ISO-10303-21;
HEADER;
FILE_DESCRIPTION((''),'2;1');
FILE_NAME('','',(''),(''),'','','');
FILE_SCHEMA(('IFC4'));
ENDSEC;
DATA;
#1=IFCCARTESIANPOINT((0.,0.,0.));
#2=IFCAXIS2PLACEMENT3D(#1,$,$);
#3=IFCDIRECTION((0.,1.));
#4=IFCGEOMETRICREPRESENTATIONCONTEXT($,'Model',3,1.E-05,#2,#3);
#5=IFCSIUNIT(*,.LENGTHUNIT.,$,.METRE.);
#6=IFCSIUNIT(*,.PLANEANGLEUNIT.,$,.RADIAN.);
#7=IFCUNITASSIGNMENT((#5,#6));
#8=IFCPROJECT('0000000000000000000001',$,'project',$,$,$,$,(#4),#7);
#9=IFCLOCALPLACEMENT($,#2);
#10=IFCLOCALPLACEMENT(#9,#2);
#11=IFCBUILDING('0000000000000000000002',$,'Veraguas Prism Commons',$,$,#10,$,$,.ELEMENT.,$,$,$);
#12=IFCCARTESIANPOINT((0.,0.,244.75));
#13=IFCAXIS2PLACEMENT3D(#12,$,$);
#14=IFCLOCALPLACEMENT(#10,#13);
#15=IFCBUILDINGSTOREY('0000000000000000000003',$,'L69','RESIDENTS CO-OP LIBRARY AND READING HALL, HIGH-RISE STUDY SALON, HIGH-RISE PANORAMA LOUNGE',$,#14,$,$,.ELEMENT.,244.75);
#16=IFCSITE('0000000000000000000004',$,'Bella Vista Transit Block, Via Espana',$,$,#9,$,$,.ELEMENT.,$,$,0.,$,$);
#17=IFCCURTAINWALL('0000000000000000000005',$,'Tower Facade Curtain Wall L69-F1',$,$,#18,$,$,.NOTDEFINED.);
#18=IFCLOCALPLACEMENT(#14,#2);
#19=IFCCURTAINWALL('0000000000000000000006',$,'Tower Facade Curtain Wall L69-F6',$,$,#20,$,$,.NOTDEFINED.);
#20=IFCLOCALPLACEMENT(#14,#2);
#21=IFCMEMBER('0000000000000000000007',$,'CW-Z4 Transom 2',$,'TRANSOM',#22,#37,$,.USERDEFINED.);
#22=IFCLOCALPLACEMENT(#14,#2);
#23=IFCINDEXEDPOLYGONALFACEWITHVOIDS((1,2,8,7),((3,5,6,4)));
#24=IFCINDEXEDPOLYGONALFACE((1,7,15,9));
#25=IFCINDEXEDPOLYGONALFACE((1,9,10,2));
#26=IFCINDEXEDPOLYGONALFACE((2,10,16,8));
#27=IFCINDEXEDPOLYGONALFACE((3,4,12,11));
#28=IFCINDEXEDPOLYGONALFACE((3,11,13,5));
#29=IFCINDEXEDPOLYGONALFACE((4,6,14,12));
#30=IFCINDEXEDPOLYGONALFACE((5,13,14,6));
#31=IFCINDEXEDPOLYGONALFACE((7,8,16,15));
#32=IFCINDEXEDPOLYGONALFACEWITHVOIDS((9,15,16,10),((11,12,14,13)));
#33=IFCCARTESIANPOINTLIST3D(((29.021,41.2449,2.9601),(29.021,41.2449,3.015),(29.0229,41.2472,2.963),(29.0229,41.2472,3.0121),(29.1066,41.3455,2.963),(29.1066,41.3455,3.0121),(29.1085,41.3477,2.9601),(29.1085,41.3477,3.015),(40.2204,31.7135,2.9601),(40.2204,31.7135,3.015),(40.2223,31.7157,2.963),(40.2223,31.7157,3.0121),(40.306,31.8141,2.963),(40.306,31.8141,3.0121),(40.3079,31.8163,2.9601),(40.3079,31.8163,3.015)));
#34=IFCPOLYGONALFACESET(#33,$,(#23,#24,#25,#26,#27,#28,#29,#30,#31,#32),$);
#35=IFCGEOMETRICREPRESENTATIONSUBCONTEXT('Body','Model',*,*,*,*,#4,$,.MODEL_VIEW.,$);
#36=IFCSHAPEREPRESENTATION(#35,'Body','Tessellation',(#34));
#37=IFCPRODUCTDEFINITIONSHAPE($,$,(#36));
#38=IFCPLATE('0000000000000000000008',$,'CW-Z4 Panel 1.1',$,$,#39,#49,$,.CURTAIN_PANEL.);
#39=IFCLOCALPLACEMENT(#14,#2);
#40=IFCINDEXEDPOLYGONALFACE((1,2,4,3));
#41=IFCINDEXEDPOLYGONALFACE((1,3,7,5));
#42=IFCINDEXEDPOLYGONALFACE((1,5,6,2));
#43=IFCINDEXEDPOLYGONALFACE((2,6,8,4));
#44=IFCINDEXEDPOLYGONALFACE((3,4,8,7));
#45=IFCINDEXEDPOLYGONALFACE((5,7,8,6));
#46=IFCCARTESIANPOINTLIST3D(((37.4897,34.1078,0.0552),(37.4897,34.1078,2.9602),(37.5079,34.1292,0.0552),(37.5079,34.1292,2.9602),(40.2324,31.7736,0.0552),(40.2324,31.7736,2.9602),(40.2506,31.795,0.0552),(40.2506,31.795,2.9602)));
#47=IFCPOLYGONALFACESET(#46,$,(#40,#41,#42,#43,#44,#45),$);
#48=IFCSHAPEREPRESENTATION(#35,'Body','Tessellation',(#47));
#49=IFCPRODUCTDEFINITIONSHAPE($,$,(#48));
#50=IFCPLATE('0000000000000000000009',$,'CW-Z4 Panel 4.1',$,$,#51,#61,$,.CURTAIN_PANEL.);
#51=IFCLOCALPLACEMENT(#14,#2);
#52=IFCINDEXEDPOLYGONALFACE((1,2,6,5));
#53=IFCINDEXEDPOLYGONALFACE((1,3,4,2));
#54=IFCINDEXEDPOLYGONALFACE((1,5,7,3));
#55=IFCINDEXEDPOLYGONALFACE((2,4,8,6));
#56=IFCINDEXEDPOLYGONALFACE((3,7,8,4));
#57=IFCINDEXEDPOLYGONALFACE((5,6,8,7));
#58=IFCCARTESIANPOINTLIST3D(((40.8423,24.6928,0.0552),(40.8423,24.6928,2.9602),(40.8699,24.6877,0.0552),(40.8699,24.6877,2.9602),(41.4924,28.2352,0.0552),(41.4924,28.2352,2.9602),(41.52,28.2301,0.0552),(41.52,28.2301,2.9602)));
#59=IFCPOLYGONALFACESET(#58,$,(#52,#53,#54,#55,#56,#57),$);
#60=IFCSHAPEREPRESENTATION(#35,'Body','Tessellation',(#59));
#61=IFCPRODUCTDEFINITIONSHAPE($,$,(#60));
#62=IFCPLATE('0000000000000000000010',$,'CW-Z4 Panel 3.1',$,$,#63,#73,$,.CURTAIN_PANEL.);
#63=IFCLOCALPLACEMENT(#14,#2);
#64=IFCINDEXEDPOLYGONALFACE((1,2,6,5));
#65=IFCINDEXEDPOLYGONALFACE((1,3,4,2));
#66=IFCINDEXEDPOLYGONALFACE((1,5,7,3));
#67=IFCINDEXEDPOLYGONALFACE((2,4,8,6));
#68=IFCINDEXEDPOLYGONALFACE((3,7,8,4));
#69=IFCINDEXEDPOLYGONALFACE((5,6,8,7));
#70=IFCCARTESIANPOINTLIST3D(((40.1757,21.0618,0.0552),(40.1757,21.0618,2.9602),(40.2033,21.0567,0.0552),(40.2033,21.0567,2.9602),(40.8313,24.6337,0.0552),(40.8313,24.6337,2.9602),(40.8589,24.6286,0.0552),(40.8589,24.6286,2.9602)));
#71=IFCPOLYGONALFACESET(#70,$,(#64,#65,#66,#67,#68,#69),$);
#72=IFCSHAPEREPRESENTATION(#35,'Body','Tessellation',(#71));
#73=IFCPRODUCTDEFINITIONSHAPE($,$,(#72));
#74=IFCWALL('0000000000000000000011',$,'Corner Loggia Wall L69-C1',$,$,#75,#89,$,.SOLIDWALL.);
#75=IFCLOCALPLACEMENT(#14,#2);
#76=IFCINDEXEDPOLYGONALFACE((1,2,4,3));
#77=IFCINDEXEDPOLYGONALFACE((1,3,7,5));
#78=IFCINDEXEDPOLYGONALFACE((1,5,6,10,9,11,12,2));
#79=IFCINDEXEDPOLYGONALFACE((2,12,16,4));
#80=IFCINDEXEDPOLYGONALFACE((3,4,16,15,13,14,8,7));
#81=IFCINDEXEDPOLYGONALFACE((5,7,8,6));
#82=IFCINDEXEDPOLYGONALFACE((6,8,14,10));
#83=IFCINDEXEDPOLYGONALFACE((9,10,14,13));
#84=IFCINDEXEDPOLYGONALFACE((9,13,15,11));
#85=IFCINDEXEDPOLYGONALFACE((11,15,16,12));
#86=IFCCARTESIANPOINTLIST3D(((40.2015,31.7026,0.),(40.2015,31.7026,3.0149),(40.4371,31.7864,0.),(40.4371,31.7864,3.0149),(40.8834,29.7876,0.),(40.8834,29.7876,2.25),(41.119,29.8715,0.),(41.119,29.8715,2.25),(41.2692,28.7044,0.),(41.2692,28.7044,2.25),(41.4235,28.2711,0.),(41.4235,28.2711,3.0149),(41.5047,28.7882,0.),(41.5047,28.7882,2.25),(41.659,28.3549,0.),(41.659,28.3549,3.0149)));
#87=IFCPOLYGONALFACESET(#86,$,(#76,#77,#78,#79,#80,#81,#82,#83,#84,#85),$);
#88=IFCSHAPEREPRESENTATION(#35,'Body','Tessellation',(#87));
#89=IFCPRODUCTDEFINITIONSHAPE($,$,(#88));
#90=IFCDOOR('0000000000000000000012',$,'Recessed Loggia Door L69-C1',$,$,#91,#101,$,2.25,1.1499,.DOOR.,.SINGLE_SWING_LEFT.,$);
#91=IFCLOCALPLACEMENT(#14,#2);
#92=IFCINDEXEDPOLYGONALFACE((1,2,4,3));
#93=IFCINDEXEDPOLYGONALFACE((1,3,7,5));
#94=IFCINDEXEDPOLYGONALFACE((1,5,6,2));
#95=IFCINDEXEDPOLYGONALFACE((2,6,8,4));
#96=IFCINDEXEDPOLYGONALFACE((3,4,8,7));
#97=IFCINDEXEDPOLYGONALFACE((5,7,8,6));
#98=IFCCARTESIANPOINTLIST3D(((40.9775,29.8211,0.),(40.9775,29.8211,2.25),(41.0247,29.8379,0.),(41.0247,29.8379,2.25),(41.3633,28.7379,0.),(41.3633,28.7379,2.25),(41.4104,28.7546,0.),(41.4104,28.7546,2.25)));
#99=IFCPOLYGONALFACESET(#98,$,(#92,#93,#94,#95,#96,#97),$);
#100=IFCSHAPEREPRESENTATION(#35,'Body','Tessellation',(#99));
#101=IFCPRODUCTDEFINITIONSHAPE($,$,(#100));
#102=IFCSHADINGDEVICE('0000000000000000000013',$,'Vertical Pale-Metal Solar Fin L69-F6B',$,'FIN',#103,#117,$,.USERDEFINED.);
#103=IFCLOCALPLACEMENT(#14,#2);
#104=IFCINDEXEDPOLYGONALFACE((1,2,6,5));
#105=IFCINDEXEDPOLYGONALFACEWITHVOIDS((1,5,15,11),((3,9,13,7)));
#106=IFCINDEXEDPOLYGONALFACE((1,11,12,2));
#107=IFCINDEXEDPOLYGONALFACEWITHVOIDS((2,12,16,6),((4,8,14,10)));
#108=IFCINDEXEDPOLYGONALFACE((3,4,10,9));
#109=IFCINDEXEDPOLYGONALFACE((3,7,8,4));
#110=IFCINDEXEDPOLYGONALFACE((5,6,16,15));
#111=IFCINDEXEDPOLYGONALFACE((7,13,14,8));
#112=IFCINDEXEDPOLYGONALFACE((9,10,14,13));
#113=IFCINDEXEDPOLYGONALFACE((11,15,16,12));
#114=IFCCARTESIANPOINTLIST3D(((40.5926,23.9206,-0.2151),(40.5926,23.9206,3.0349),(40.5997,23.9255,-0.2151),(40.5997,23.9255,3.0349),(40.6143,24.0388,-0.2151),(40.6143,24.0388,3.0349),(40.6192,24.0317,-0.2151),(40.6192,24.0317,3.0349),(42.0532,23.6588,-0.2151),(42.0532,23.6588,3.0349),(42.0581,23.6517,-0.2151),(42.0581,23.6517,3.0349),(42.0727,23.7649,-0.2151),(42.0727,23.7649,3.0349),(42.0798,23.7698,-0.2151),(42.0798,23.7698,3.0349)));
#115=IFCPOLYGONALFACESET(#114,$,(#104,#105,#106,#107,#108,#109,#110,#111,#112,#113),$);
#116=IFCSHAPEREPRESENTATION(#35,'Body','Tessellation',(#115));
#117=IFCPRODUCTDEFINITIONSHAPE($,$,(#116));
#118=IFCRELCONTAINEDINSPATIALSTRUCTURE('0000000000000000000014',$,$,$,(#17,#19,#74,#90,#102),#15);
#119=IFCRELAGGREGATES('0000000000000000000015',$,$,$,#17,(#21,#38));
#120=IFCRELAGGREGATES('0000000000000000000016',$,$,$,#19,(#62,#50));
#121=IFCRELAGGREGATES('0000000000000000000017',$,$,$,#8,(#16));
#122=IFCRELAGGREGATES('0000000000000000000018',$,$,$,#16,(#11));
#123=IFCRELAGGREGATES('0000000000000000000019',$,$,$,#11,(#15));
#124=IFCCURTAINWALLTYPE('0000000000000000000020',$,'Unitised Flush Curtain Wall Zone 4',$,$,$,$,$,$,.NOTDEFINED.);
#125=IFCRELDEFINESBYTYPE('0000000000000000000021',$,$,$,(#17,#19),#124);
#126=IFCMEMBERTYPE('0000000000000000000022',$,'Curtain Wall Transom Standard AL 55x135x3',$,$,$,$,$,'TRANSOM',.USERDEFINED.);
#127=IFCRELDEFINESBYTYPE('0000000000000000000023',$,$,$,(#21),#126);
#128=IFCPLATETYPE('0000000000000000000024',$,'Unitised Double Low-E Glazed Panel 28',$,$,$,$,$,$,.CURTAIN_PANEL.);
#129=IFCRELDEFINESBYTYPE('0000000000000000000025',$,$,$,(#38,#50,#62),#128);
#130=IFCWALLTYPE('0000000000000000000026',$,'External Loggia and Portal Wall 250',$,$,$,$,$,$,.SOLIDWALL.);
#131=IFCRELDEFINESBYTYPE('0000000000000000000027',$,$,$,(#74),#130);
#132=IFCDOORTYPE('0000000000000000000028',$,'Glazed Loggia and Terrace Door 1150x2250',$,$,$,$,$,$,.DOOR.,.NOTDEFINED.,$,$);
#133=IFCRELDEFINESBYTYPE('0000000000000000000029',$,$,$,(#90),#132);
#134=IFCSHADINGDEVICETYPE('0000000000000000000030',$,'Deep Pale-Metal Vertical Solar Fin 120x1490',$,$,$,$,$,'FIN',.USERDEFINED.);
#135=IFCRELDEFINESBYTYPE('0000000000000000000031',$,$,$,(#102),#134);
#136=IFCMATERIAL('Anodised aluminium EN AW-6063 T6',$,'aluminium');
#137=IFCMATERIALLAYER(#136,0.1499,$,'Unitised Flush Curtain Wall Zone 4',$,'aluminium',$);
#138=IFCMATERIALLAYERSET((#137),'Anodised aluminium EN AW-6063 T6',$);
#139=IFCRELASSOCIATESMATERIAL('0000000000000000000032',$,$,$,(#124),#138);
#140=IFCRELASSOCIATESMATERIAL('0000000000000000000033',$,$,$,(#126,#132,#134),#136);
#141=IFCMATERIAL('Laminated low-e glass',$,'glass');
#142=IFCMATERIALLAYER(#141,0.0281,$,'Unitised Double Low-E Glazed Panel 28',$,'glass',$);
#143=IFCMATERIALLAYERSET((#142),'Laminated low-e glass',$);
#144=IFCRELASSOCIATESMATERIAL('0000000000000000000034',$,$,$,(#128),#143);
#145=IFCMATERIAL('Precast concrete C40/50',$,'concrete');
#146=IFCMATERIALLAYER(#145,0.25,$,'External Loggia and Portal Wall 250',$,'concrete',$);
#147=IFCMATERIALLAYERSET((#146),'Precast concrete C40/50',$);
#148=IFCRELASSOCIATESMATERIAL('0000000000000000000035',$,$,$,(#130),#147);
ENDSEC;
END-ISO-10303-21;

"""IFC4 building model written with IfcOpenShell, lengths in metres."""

from ifc_helpers import new_model, si_unit, direction, frame, frame_2d, origin, origin_2d, place, context, subcontext, project, spatial, rectangle, hollow_rectangle, extrude, source, transform, mapped, material, layer, layer_set, material_profile, profile_set, type_object, element, fill, aggregate, save


model = new_model("IFC4")

# Units and contexts
model_context = context("Model", 3, precision=1e-05, world=origin(), true_north=direction((0.0, 1.0)))
body_context = subcontext(model_context, "Body", "Model", "MODEL_VIEW")
ifc_project = project(units=[si_unit("LENGTHUNIT", "METRE"), si_unit("PLANEANGLEUNIT", "RADIAN")], contexts=[model_context])

# Site, building, storey
site_placement = place(None, origin())
site = spatial("IfcSite", under=ifc_project, at=site_placement, Name="Bella Vista Transit Block, Via Espana", CompositionType="ELEMENT", RefElevation=0.0)
building_placement = place(site_placement, origin())
building = spatial("IfcBuilding", under=site, at=building_placement, Name="Veraguas Prism Commons", CompositionType="ELEMENT")
storey_placement = place(building_placement, frame((0.0, 0.0, 244.75)))
storey = spatial("IfcBuildingStorey", under=building, at=storey_placement, Name="L69", Description="RESIDENTS CO-OP LIBRARY AND READING HALL, HIGH-RISE STUDY SALON, HIGH-RISE PANORAMA LOUNGE", CompositionType="ELEMENT", Elevation=244.75)

# Curtain wall
ifc_material_1 = material(Name="Anodised aluminium EN AW-6063 T6", Category="aluminium")
ifc_layer_1 = layer(ifc_material_1, 0.1499, Name="Unitised Flush Curtain Wall Zone 4", Category="aluminium")
ifc_layer_set_1 = layer_set([ifc_layer_1], Name="Anodised aluminium EN AW-6063 T6")
curtain_wall_type = type_object("IfcCurtainWallType", Name="Unitised Flush Curtain Wall Zone 4", PredefinedType="NOTDEFINED", material=ifc_layer_set_1)
curtain_wall_1_placement = place(storey_placement, origin())
curtain_wall_1 = element("IfcCurtainWall", 1, at=curtain_wall_1_placement, inside=storey, type_object=curtain_wall_type, Name="Tower Facade Curtain Wall L69-F1", PredefinedType="NOTDEFINED")

# Curtain wall
curtain_wall_2_placement = place(storey_placement, origin())
curtain_wall_2 = element("IfcCurtainWall", 2, at=curtain_wall_2_placement, inside=storey, type_object=curtain_wall_type, Name="Tower Facade Curtain Wall L69-F6", PredefinedType="NOTDEFINED")

# Member
ifc_material_profile_1 = material_profile(ifc_material_1, hollow_rectangle(XDim=0.0549, YDim=0.135, WallThickness=0.0029, at=origin_2d()), Name="AL55X135X3")
ifc_profile_set_1 = profile_set([ifc_material_profile_1], Name="Anodised aluminium EN AW-6063 T6")
member_type_1 = type_object("IfcMemberType", Name="Curtain Wall Transom Standard AL 55x135x3", ElementType="TRANSOM", PredefinedType="USERDEFINED", material=ifc_profile_set_1)
shared_shape_1 = source(origin(), body_context, "Body", "SweptSolid", [
    extrude(hollow_rectangle(XDim=0.0549, YDim=0.135, WallThickness=0.0029, at=origin_2d()), origin(), (0.0, 0.0, 1.0), 14.7063),
])
member_1_placement = place(storey_placement, frame((40.2642, 31.7649, 2.9875), z_axis=(-0.761538, 0.64812, 0.0), x_axis=(0.0, 0.0, 1.0)))
member_1 = element("IfcMember", 3, at=member_1_placement, type_object=member_type_1, Name="CW-Z4 Transom 2", ObjectType="TRANSOM", PredefinedType="USERDEFINED", context=body_context, shape_type="MappedRepresentation", body=[
    mapped(shared_shape_1, transform((0.0, 0.0, 0.0), scale=1.0)),
])

# Plates
ifc_material_2 = material(Name="Laminated low-e glass", Category="glass")
ifc_layer_2 = layer(ifc_material_2, 0.0281, Name="Unitised Double Low-E Glazed Panel 28", Category="glass")
ifc_layer_set_2 = layer_set([ifc_layer_2], Name="Laminated low-e glass")
plate_type = type_object("IfcPlateType", Name="Unitised Double Low-E Glazed Panel 28", PredefinedType="CURTAIN_PANEL", material=ifc_layer_set_2)
shared_shape_2 = source(origin(), body_context, "Body", "SweptSolid", [
    extrude(rectangle(XDim=3.6016, YDim=0.0281, at=origin_2d()), origin(), (0.0, 0.0, 1.0), 2.905),
])
plate_1_placement = place(storey_placement, frame((38.8701, 32.9514, 0.0552), z_axis=(0.0, 0.0, 1.0), x_axis=(-0.761538, 0.64812, 0.0)))
plate_1 = element("IfcPlate", 4, at=plate_1_placement, type_object=plate_type, Name="CW-Z4 Panel 1.1", PredefinedType="CURTAIN_PANEL", context=body_context, shape_type="MappedRepresentation", body=[
    mapped(shared_shape_2, transform((0.0, 0.0, 0.0), scale=1.0)),
])
aggregate(curtain_wall_1, [member_1, plate_1])
plate_2_placement = place(storey_placement, frame((41.1812, 26.4614, 0.0552), z_axis=(0.0, 0.0, 1.0), x_axis=(0.180524, 0.983571, 0.0)))
plate_2 = element("IfcPlate", 5, at=plate_2_placement, type_object=plate_type, Name="CW-Z4 Panel 4.1", PredefinedType="CURTAIN_PANEL", context=body_context, shape_type="MappedRepresentation", body=[
    mapped(shared_shape_2, transform((0.0, 0.0, 0.0), scale=1.0)),
])
shared_shape_3 = source(origin(), body_context, "Body", "SweptSolid", [
    extrude(rectangle(XDim=3.6316, YDim=0.0281, at=origin_2d()), origin(), (0.0, 0.0, 1.0), 2.905),
])
plate_3_placement = place(storey_placement, frame((40.5173, 22.8452, 0.0552), z_axis=(0.0, 0.0, 1.0), x_axis=(0.180524, 0.983571, 0.0)))
plate_3 = element("IfcPlate", 6, at=plate_3_placement, type_object=plate_type, Name="CW-Z4 Panel 3.1", PredefinedType="CURTAIN_PANEL", context=body_context, shape_type="MappedRepresentation", body=[
    mapped(shared_shape_3, transform((0.0, 0.0, 0.0), scale=1.0)),
])
aggregate(curtain_wall_2, [plate_3, plate_2])

# Wall, opening, door
ifc_material_3 = material(Name="Precast concrete C40/50", Category="concrete")
ifc_layer_3 = layer(ifc_material_3, 0.25, Name="External Loggia and Portal Wall 250", Category="concrete")
ifc_layer_set_3 = layer_set([ifc_layer_3], Name="Precast concrete C40/50")
wall_type = type_object("IfcWallType", Name="External Loggia and Portal Wall 250", PredefinedType="SOLIDWALL", material=ifc_layer_set_3)
wall_placement = place(storey_placement, frame((41.5413, 28.313, 0.0), z_axis=(0.0, 0.0, 1.0), x_axis=(-0.335466, 0.942052, 0.0)))
wall = element("IfcWall", 7, at=wall_placement, inside=storey, type_object=wall_type, Name="Corner Loggia Wall L69-C1", PredefinedType="SOLIDWALL", context=body_context, shape_type="SweptSolid", body=[
    extrude(rectangle(XDim=3.6426, YDim=0.25, at=frame_2d((1.8213, 0.0))), origin(), (0.0, 0.0, 1.0), 3.0149),
])
opening_placement = place(wall_placement, frame((0.46, 0.0, 0.0)))
opening = element("IfcOpeningElement", 8, at=opening_placement, cuts=wall, PredefinedType="OPENING", context=body_context, shape_type="SweptSolid", body=[
    extrude(rectangle(XDim=1.1499, YDim=2.25, at=frame_2d((0.575, 1.125))), frame((0.0, 0.135, 0.0), z_axis=(0.0, -1.0, 0.0), x_axis=(1.0, 0.0, 0.0)), (0.0, 0.0, 1.0), 0.27),
])
door_type = type_object("IfcDoorType", Name="Glazed Loggia and Terrace Door 1150x2250", OperationType="NOTDEFINED", PredefinedType="DOOR", material=ifc_material_1)
shared_shape_4 = source(origin(), body_context, "Body", "SweptSolid", [
    extrude(rectangle(XDim=1.1499, YDim=2.25, at=frame_2d((0.575, 1.125))), frame((0.0, 0.0249, 0.0), z_axis=(0.0, -1.0, 0.0), x_axis=(1.0, 0.0, 0.0)), (0.0, 0.0, 1.0), 0.05),
])
door_placement = place(opening_placement, frame((1.1499, 0.0, 0.0), z_axis=(0.0, 0.0, 1.0), x_axis=(-1.0, 0.0, 0.0)))
door = element("IfcDoor", 9, at=door_placement, inside=storey, type_object=door_type, Name="Recessed Loggia Door L69-C1", OperationType="SINGLE_SWING_LEFT", OverallHeight=2.25, OverallWidth=1.1499, PredefinedType="DOOR", context=body_context, shape_type="MappedRepresentation", body=[
    mapped(shared_shape_4, transform((0.0, 0.0, 0.0), scale=1.0)),
])
fill(opening, door)

# Shading device
ifc_material_profile_2 = material_profile(ifc_material_1, hollow_rectangle(XDim=0.1201, YDim=1.49, WallThickness=0.0061, at=origin_2d()), Name="FIN120X1490X6")
ifc_profile_set_2 = profile_set([ifc_material_profile_2], Name="Anodised aluminium EN AW-6063 T6")
shading_device_type = type_object("IfcShadingDeviceType", Name="Deep Pale-Metal Vertical Solar Fin 120x1490", ElementType="FIN", PredefinedType="USERDEFINED", material=ifc_profile_set_2)
shading_device_placement = place(storey_placement, frame((41.3362, 23.8452, -0.2151), z_axis=(0.0, 0.0, 1.0), x_axis=(0.180519, 0.983571, 0.0)))
element("IfcShadingDevice", 10, at=shading_device_placement, inside=storey, type_object=shading_device_type, Name="Vertical Pale-Metal Solar Fin L69-F6B", ObjectType="FIN", PredefinedType="USERDEFINED", context=body_context, shape_type="SweptSolid", body=[
    extrude(hollow_rectangle(XDim=0.1201, YDim=1.49, WallThickness=0.0061, at=origin_2d()), origin(), (0.0, 0.0, 1.0), 3.25),
])

save(model, "model.ifc")
